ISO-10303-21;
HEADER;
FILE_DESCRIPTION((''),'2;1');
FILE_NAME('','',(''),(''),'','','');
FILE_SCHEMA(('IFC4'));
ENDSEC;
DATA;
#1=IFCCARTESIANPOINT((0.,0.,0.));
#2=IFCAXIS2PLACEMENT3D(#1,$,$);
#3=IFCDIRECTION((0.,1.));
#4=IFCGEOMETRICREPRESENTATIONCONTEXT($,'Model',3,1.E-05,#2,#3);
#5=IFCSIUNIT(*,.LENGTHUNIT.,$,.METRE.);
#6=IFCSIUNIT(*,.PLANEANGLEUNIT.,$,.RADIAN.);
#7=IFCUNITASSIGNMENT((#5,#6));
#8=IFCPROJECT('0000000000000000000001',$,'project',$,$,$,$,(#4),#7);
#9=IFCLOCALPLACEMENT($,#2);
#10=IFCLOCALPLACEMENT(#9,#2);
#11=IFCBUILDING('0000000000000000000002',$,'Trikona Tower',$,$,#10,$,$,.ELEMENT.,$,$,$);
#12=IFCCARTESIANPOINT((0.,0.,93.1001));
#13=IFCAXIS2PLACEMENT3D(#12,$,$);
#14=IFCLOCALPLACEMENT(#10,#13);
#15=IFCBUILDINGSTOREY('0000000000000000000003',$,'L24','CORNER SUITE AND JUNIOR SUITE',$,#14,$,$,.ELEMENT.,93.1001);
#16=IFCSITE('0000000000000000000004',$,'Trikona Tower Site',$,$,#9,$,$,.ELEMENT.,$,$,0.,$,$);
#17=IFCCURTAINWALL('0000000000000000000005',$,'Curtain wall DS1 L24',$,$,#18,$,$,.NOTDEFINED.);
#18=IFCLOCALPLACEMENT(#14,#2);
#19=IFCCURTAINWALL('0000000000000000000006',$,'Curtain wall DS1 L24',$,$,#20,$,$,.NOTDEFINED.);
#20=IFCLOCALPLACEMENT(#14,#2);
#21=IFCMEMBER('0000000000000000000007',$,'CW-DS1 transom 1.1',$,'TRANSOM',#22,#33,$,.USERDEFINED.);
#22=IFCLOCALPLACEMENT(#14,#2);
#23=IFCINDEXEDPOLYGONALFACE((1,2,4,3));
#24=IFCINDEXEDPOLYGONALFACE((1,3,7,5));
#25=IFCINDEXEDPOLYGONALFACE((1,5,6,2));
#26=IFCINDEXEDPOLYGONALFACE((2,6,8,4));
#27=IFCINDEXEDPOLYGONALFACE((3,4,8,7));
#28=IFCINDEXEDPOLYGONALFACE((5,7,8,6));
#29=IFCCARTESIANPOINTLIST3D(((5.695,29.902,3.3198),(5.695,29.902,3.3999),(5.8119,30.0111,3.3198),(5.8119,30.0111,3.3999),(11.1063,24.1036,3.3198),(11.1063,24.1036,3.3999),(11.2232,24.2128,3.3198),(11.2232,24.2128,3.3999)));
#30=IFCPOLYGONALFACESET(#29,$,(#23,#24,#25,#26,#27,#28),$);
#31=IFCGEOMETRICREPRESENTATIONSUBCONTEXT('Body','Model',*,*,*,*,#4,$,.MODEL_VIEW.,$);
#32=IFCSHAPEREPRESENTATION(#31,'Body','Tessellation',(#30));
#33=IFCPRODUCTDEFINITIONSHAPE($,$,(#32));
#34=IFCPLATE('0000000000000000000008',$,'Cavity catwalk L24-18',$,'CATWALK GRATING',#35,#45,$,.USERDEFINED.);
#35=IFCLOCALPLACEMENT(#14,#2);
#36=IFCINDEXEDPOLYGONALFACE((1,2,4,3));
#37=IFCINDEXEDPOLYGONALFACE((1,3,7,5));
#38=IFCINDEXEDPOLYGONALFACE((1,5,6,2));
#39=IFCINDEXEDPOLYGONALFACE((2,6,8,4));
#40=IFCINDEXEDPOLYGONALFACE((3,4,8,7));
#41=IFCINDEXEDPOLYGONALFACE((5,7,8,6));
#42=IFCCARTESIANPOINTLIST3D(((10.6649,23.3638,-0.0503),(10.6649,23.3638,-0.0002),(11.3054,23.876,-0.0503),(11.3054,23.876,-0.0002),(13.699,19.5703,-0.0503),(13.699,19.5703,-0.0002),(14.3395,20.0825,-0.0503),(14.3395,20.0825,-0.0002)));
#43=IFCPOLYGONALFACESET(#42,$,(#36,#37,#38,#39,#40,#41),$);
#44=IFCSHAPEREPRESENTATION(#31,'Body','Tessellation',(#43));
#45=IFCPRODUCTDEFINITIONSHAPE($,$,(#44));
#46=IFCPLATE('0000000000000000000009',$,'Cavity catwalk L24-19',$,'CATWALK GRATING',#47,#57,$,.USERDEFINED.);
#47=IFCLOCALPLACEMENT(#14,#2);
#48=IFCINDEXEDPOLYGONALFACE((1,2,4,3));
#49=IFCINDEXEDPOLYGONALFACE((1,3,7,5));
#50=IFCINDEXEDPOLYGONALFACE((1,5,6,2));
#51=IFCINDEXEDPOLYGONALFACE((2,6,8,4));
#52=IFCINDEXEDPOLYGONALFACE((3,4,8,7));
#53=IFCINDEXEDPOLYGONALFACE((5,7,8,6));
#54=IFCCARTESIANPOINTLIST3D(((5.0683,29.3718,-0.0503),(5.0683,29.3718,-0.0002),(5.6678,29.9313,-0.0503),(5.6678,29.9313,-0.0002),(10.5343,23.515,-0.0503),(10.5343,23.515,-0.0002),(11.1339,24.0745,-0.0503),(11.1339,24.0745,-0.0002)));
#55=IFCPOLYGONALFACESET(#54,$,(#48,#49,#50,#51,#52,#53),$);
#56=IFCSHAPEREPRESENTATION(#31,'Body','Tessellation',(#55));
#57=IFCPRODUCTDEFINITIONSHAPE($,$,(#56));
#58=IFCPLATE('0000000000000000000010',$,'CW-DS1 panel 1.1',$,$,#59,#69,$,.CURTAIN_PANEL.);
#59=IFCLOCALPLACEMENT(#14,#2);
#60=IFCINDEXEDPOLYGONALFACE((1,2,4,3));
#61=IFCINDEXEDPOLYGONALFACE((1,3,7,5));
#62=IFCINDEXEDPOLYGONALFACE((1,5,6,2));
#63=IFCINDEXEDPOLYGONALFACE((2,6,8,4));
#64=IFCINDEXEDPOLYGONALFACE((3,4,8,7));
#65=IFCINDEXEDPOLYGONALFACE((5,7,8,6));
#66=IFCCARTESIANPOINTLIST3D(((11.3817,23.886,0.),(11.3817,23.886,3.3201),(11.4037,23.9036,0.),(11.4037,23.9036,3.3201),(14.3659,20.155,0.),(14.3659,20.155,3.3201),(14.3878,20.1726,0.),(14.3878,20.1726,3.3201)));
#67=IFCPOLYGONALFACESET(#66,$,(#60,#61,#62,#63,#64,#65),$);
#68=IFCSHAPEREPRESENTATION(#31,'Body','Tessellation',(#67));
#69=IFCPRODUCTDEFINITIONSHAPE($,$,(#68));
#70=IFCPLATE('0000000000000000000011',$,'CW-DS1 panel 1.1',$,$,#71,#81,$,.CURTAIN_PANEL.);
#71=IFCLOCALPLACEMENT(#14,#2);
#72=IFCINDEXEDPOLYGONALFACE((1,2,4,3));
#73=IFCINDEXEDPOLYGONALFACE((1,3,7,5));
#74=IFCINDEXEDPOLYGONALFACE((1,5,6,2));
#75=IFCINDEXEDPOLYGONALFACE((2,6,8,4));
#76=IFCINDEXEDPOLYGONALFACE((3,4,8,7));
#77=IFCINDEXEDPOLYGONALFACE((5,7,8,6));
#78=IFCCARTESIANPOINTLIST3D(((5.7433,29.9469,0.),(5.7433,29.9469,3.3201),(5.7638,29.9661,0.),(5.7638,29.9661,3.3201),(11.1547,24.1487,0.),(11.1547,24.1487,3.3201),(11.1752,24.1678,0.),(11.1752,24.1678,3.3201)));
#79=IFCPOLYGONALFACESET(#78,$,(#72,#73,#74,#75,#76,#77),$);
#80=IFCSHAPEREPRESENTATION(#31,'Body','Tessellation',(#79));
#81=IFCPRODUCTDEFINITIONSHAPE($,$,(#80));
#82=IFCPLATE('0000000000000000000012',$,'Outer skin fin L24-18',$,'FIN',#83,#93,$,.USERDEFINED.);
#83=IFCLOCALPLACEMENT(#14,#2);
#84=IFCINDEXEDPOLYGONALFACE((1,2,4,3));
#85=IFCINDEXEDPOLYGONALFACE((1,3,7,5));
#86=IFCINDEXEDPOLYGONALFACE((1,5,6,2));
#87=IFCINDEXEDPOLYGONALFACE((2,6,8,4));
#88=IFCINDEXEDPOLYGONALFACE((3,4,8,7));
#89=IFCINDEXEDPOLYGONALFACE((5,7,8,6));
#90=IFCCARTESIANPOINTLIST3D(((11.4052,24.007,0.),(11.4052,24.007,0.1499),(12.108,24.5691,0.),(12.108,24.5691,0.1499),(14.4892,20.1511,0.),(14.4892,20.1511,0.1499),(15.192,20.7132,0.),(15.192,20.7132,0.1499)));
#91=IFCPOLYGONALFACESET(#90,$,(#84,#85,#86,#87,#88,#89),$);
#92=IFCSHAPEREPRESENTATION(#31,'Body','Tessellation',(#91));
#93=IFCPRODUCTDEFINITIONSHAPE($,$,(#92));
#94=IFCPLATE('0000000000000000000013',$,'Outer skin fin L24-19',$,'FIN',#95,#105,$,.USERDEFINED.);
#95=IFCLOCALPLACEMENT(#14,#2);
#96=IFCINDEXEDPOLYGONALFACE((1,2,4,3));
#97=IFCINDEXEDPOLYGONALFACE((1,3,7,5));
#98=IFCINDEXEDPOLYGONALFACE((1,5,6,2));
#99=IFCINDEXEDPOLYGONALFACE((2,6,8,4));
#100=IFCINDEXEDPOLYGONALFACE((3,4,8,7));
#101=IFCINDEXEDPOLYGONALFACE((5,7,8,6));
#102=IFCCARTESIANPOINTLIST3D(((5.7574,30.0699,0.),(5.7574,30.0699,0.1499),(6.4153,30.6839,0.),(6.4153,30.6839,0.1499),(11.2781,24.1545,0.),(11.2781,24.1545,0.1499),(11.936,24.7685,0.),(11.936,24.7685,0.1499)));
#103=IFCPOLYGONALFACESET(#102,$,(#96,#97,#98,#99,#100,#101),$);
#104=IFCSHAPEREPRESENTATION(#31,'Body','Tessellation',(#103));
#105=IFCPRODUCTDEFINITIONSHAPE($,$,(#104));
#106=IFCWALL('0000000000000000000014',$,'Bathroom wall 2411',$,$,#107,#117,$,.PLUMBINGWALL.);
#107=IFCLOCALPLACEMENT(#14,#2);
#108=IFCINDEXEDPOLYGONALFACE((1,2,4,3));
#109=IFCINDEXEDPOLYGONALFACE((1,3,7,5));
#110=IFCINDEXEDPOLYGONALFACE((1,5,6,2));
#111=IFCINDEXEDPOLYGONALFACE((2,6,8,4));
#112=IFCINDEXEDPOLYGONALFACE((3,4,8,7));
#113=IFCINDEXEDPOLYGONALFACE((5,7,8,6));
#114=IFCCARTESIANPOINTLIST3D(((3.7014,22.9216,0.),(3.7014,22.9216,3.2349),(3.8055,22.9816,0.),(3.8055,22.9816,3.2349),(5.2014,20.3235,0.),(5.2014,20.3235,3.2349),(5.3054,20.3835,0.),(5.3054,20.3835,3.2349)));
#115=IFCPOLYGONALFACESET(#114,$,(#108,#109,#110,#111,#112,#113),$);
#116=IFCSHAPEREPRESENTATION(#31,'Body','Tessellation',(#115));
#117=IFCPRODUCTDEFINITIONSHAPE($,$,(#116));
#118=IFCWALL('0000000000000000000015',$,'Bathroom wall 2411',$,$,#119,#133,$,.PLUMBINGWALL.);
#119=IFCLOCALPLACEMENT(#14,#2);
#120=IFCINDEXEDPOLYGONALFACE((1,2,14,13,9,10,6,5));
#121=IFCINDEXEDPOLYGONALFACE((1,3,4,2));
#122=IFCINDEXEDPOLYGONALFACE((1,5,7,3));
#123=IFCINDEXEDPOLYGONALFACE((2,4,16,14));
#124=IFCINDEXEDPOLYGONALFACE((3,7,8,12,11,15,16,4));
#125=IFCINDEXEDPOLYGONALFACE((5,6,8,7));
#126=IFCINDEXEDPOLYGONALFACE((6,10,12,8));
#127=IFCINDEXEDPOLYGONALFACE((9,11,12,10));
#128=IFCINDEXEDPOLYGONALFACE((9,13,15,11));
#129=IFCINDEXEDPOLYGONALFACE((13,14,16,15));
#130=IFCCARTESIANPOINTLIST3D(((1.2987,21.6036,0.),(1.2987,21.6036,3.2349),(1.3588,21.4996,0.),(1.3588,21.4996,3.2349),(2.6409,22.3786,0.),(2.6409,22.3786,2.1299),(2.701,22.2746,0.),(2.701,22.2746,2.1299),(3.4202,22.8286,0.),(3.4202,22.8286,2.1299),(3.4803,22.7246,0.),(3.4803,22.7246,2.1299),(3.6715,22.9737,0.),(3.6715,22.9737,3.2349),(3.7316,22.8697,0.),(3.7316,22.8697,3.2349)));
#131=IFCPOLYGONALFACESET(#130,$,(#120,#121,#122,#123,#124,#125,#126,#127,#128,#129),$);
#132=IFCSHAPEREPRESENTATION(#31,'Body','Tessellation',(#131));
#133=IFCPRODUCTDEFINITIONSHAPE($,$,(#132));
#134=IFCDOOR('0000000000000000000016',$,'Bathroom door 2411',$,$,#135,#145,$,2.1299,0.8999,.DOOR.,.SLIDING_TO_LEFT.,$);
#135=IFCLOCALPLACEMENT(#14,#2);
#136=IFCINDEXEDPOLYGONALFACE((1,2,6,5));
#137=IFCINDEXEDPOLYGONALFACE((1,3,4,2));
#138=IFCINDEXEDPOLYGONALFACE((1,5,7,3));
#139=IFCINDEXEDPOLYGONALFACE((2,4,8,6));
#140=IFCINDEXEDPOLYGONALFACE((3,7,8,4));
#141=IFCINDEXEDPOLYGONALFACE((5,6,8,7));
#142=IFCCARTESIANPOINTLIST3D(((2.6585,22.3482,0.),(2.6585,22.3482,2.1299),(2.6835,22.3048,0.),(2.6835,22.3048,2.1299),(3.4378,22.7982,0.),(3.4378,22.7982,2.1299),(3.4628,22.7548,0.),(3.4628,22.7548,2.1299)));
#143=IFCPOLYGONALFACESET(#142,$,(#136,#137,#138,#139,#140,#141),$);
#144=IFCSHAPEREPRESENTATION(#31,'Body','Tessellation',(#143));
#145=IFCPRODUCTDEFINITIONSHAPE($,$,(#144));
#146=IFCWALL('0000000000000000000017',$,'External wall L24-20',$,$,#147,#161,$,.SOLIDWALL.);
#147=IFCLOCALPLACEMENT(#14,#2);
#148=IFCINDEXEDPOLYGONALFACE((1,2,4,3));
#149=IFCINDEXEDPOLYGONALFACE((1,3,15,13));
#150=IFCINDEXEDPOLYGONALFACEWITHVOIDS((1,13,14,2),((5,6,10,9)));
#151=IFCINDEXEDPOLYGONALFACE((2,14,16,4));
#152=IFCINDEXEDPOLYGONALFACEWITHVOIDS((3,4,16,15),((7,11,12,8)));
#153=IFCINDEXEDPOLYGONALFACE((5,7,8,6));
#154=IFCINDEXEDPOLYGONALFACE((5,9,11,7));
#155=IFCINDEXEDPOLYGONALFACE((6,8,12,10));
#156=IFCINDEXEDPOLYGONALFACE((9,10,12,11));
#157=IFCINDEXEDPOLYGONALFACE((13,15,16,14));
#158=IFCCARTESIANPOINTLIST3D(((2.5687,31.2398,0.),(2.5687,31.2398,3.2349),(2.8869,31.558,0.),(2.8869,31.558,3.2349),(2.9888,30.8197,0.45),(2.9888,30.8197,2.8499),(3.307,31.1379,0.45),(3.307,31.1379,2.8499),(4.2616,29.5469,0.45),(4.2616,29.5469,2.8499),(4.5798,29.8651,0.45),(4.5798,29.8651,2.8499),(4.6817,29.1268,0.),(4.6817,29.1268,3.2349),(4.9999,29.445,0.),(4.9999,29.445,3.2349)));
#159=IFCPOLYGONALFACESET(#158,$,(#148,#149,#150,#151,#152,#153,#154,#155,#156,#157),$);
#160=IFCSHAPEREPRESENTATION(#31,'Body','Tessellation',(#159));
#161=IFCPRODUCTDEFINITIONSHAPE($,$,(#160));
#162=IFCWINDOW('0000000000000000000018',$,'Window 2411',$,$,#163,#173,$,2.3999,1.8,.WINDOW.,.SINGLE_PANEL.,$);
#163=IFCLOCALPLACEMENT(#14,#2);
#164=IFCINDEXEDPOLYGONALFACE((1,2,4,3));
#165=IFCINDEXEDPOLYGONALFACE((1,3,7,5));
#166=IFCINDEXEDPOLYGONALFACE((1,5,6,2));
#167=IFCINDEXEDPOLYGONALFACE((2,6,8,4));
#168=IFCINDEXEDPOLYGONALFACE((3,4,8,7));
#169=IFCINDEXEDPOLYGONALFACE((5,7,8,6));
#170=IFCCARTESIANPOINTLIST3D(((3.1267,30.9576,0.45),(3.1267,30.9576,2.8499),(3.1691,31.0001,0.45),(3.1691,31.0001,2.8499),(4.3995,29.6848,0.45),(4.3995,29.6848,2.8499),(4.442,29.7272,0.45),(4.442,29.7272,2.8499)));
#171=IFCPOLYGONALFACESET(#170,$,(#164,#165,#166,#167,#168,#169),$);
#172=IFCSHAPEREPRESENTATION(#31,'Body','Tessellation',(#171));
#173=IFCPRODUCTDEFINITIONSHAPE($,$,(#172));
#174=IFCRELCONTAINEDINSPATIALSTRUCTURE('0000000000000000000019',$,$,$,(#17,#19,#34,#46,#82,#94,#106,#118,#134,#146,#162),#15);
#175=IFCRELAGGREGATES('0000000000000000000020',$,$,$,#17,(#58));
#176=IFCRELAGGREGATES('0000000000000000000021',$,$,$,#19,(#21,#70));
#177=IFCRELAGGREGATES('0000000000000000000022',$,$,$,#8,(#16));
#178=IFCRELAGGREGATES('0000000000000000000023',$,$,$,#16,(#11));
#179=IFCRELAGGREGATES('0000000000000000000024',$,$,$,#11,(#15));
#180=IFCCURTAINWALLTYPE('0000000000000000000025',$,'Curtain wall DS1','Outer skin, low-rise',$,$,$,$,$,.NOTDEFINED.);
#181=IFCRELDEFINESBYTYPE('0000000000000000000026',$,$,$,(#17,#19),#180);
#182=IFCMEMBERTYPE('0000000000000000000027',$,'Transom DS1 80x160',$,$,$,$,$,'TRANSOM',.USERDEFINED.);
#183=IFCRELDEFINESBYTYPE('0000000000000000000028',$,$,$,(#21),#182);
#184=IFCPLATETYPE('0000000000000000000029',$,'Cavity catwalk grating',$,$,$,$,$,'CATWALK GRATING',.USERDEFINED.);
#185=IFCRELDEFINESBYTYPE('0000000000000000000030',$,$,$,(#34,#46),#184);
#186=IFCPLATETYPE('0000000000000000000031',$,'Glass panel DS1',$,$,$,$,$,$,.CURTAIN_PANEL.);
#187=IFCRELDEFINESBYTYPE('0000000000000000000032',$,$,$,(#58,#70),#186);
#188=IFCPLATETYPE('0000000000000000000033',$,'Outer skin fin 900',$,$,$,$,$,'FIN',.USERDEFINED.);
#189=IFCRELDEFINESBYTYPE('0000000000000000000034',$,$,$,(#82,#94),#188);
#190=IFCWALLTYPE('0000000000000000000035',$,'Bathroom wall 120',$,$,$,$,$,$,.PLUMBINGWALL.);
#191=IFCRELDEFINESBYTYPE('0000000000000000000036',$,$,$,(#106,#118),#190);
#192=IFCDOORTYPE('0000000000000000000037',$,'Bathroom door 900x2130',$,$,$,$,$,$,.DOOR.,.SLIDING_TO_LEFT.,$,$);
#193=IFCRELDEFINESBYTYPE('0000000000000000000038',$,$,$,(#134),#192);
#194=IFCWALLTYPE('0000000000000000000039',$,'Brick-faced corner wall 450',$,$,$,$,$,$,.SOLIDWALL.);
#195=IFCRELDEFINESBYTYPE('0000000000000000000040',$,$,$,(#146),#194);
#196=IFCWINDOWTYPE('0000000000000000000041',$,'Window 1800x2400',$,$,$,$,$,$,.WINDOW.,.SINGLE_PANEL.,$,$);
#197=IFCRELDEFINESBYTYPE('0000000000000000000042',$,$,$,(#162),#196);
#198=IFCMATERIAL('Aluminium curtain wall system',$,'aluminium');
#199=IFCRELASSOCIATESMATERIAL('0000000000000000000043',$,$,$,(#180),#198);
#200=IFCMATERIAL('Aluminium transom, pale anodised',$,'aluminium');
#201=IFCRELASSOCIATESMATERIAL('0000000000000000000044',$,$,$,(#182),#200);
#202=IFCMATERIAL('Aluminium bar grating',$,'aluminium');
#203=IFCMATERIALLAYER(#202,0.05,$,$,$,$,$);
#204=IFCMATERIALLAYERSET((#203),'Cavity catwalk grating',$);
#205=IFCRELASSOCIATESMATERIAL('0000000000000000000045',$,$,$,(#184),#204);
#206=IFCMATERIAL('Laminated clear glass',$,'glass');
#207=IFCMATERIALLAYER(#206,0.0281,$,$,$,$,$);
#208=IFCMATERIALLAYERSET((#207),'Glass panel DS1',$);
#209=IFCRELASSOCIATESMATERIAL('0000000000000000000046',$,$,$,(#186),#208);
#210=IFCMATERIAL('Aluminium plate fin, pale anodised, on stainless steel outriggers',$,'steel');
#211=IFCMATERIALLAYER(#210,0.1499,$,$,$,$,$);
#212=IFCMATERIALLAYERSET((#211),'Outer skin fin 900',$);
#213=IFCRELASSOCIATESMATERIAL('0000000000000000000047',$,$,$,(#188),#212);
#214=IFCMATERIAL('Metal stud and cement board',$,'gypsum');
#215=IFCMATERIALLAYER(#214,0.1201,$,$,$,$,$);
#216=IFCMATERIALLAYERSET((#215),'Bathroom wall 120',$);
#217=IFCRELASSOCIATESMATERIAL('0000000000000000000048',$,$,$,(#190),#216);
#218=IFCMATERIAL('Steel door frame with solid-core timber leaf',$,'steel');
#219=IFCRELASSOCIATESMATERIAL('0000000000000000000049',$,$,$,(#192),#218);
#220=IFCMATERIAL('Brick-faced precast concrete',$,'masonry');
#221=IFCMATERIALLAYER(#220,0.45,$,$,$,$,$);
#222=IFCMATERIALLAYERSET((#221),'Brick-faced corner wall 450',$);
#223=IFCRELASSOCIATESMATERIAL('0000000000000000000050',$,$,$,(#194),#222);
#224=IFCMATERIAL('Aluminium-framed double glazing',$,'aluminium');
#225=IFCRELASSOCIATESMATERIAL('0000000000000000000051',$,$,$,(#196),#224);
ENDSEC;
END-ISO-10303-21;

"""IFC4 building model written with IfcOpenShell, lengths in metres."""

from ifc_helpers import new_model, si_unit, direction, frame, frame_2d, origin, origin_2d, place, context, subcontext, project, spatial, rectangle, extrude, material, layer, layer_set, material_profile, profile_set, type_object, element, fill, aggregate, save


model = new_model("IFC4")

# Units and contexts
model_context = context("Model", 3, precision=1e-05, world=origin(), true_north=direction((0.0, 1.0)))
body_context = subcontext(model_context, "Body", "Model", "MODEL_VIEW")
ifc_project = project(units=[si_unit("LENGTHUNIT", "METRE"), si_unit("PLANEANGLEUNIT", "RADIAN")], contexts=[model_context])

# Site, building, storey
site_placement = place(None, origin())
site = spatial("IfcSite", under=ifc_project, at=site_placement, Name="Trikona Tower Site", CompositionType="ELEMENT", RefElevation=0.0)
building_placement = place(site_placement, origin())
building = spatial("IfcBuilding", under=site, at=building_placement, Name="Trikona Tower", CompositionType="ELEMENT")
storey_placement = place(building_placement, frame((0.0, 0.0, 93.1001)))
storey = spatial("IfcBuildingStorey", under=building, at=storey_placement, Name="L24", Description="CORNER SUITE AND JUNIOR SUITE", CompositionType="ELEMENT", Elevation=93.1001)

# Curtain walls
ifc_material_1 = material(Name="Aluminium curtain wall system", Category="aluminium")
curtain_wall_type = type_object("IfcCurtainWallType", Name="Curtain wall DS1", Description="Outer skin, low-rise", PredefinedType="NOTDEFINED", material=ifc_material_1)
curtain_wall_1_placement = place(storey_placement, origin())
curtain_wall_1 = element("IfcCurtainWall", 1, at=curtain_wall_1_placement, inside=storey, type_object=curtain_wall_type, Name="Curtain wall DS1 L24", PredefinedType="NOTDEFINED")
curtain_wall_2_placement = place(storey_placement, origin())
curtain_wall_2 = element("IfcCurtainWall", 2, at=curtain_wall_2_placement, inside=storey, type_object=curtain_wall_type, Name="Curtain wall DS1 L24", PredefinedType="NOTDEFINED")

# Member
ifc_material_2 = material(Name="Aluminium transom, pale anodised", Category="aluminium")
ifc_material_profile_1 = material_profile(ifc_material_2, rectangle(XDim=0.1599, YDim=0.0801, at=origin_2d()), Name="TRN-DS1")
ifc_profile_set_1 = profile_set([ifc_material_profile_1], Name="Aluminium transom, pale anodised")
member_type_1 = type_object("IfcMemberType", Name="Transom DS1 80x160", ElementType="TRANSOM", PredefinedType="USERDEFINED", material=ifc_profile_set_1)
member_1_placement = place(storey_placement, frame((11.1648, 24.1582, 3.3599), z_axis=(-0.682291, 0.731081, 0.0), x_axis=(-0.731081, -0.682291, 0.0)))
member_1 = element("IfcMember", 3, at=member_1_placement, type_object=member_type_1, Name="CW-DS1 transom 1.1", ObjectType="TRANSOM", PredefinedType="USERDEFINED", context=body_context, shape_type="SweptSolid", body=[
    extrude(rectangle(XDim=0.1599, YDim=0.0801, at=origin_2d()), origin(), (0.0, 0.0, 1.0), 7.9312),
])

# Plates
ifc_material_3 = material(Name="Aluminium bar grating", Category="aluminium")
ifc_layer_1 = layer(ifc_material_3, 0.05)
ifc_layer_set_1 = layer_set([ifc_layer_1], Name="Cavity catwalk grating")
plate_type_1 = type_object("IfcPlateType", Name="Cavity catwalk grating", ElementType="CATWALK GRATING", PredefinedType="USERDEFINED", material=ifc_layer_set_1)
plate_1_placement = place(storey_placement, frame((12.5022, 21.7231, -0.0503), z_axis=(0.0, 0.0, 1.0), x_axis=(-0.624604, 0.780942, 0.0)))
element("IfcPlate", 4, at=plate_1_placement, inside=storey, type_object=plate_type_1, Name="Cavity catwalk L24-18", ObjectType="CATWALK GRATING", PredefinedType="USERDEFINED", context=body_context, shape_type="SweptSolid", body=[
    extrude(rectangle(XDim=4.8577, YDim=0.8201, at=origin_2d()), origin(), (0.0, 0.0, 1.0), 0.05),
])
plate_2_placement = place(storey_placement, frame((8.1011, 26.7231, -0.0503), z_axis=(0.0, 0.0, 1.0), x_axis=(-0.682298, 0.731074, 0.0)))
element("IfcPlate", 5, at=plate_2_placement, inside=storey, type_object=plate_type_1, Name="Cavity catwalk L24-19", ObjectType="CATWALK GRATING", PredefinedType="USERDEFINED", context=body_context, shape_type="SweptSolid", body=[
    extrude(rectangle(XDim=8.0112, YDim=0.8201, at=origin_2d()), origin(), (0.0, 0.0, 1.0), 0.05),
])

# Plates
ifc_material_4 = material(Name="Laminated clear glass", Category="glass")
ifc_layer_2 = layer(ifc_material_4, 0.0281)
ifc_layer_set_2 = layer_set([ifc_layer_2], Name="Glass panel DS1")
plate_type_2 = type_object("IfcPlateType", Name="Glass panel DS1", PredefinedType="CURTAIN_PANEL", material=ifc_layer_set_2)
plate_3_placement = place(storey_placement, frame((12.8848, 22.0293, 0.0), z_axis=(0.0, 0.0, 1.0), x_axis=(-0.624609, 0.780938, 0.0)))
plate_3 = element("IfcPlate", 6, at=plate_3_placement, type_object=plate_type_2, Name="CW-DS1 panel 1.1", PredefinedType="CURTAIN_PANEL", context=body_context, shape_type="SweptSolid", body=[
    extrude(rectangle(XDim=4.7776, YDim=0.0281, at=origin_2d()), origin(), (0.0, 0.0, 1.0), 3.3201),
])
aggregate(curtain_wall_1, [plate_3])
plate_4_placement = place(storey_placement, frame((8.4592, 27.0574, 0.0), z_axis=(0.0, 0.0, 1.0), x_axis=(-0.682295, 0.731077, 0.0)))
plate_4 = element("IfcPlate", 7, at=plate_4_placement, type_object=plate_type_2, Name="CW-DS1 panel 1.1", PredefinedType="CURTAIN_PANEL", context=body_context, shape_type="SweptSolid", body=[
    extrude(rectangle(XDim=7.9312, YDim=0.0281, at=origin_2d()), origin(), (0.0, 0.0, 1.0), 3.3201),
])
aggregate(curtain_wall_2, [member_1, plate_4])

# Plates
ifc_material_5 = material(Name="Aluminium plate fin, pale anodised, on stainless steel outriggers", Category="steel")
ifc_layer_3 = layer(ifc_material_5, 0.1499)
ifc_layer_set_3 = layer_set([ifc_layer_3], Name="Outer skin fin 900")
plate_type_3 = type_object("IfcPlateType", Name="Outer skin fin 900", ElementType="FIN", PredefinedType="USERDEFINED", material=ifc_layer_set_3)
plate_5_placement = place(storey_placement, frame((13.2986, 22.3601, 0.0), z_axis=(0.0, 0.0, 1.0), x_axis=(-0.624604, 0.780942, 0.0)))
element("IfcPlate", 8, at=plate_5_placement, inside=storey, type_object=plate_type_3, Name="Outer skin fin L24-18", ObjectType="FIN", PredefinedType="USERDEFINED", context=body_context, shape_type="SweptSolid", body=[
    extrude(rectangle(XDim=4.9375, YDim=0.8999, at=origin_2d()), origin(), (0.0, 0.0, 1.0), 0.1499),
])
plate_6_placement = place(storey_placement, frame((8.8467, 27.4192, 0.0), z_axis=(0.0, 0.0, 1.0), x_axis=(-0.682298, 0.731074, 0.0)))
element("IfcPlate", 9, at=plate_6_placement, inside=storey, type_object=plate_type_3, Name="Outer skin fin L24-19", ObjectType="FIN", PredefinedType="USERDEFINED", context=body_context, shape_type="SweptSolid", body=[
    extrude(rectangle(XDim=8.0913, YDim=0.8999, at=origin_2d()), origin(), (0.0, 0.0, 1.0), 0.1499),
])

# Wall
ifc_material_6 = material(Name="Metal stud and cement board", Category="gypsum")
ifc_layer_4 = layer(ifc_material_6, 0.1201)
ifc_layer_set_4 = layer_set([ifc_layer_4], Name="Bathroom wall 120")
wall_type_1 = type_object("IfcWallType", Name="Bathroom wall 120", PredefinedType="PLUMBINGWALL", material=ifc_layer_set_4)
wall_1_placement = place(storey_placement, frame((5.2534, 20.3535, 0.0), z_axis=(0.0, 0.0, 1.0), x_axis=(-0.49999, 0.866031, 0.0)))
element("IfcWall", 10, at=wall_1_placement, inside=storey, type_object=wall_type_1, Name="Bathroom wall 2411", PredefinedType="PLUMBINGWALL", context=body_context, shape_type="SweptSolid", body=[
    extrude(rectangle(XDim=3.0, YDim=0.1201, at=frame_2d((1.5, 0.0))), origin(), (0.0, 0.0, 1.0), 3.2349),
])

# Wall, opening, door
wall_2_placement = place(storey_placement, frame((1.3286, 21.5515, 0.0), z_axis=(0.0, 0.0, 1.0), x_axis=(0.865997, 0.500049, 0.0)))
wall_2 = element("IfcWall", 11, at=wall_2_placement, inside=storey, type_object=wall_type_1, Name="Bathroom wall 2411", PredefinedType="PLUMBINGWALL", context=body_context, shape_type="SweptSolid", body=[
    extrude(rectangle(XDim=2.74, YDim=0.1201, at=frame_2d((1.3701, 0.0))), origin(), (0.0, 0.0, 1.0), 3.2349),
])
opening_1_placement = place(wall_2_placement, frame((1.55, 0.0, 0.0)))
opening_1 = element("IfcOpeningElement", 12, at=opening_1_placement, cuts=wall_2, PredefinedType="OPENING", context=body_context, shape_type="SweptSolid", body=[
    extrude(rectangle(XDim=0.8999, YDim=2.1299, at=frame_2d((0.45, 1.0649))), frame((0.0, 0.0701, 0.0), z_axis=(0.0, -1.0, 0.0), x_axis=(1.0, 0.0, 0.0)), (0.0, 0.0, 1.0), 0.1401),
])
ifc_material_7 = material(Name="Steel door frame with solid-core timber leaf", Category="steel")
door_type = type_object("IfcDoorType", Name="Bathroom door 900x2130", OperationType="SLIDING_TO_LEFT", PredefinedType="DOOR", material=ifc_material_7)
door_placement = place(opening_1_placement, origin())
door = element("IfcDoor", 13, at=door_placement, inside=storey, type_object=door_type, Name="Bathroom door 2411", OperationType="SLIDING_TO_LEFT", OverallHeight=2.1299, OverallWidth=0.8999, PredefinedType="DOOR", context=body_context, shape_type="SweptSolid", body=[
    extrude(rectangle(XDim=0.8999, YDim=2.1299, at=frame_2d((0.45, 1.0649))), frame((0.0, 0.0249, 0.0), z_axis=(0.0, -1.0, 0.0), x_axis=(1.0, 0.0, 0.0)), (0.0, 0.0, 1.0), 0.05),
])
fill(opening_1, door)

# Wall, opening, window
ifc_material_8 = material(Name="Brick-faced precast concrete", Category="masonry")
ifc_layer_5 = layer(ifc_material_8, 0.45)
ifc_layer_set_5 = layer_set([ifc_layer_5], Name="Brick-faced corner wall 450")
wall_type_2 = type_object("IfcWallType", Name="Brick-faced corner wall 450", PredefinedType="SOLIDWALL", material=ifc_layer_set_5)
wall_3_placement = place(storey_placement, frame((4.8408, 29.2859, 0.0), z_axis=(0.0, 0.0, 1.0), x_axis=(-0.707107, 0.707107, 0.0)))
wall_3 = element("IfcWall", 14, at=wall_3_placement, inside=storey, type_object=wall_type_2, Name="External wall L24-20", PredefinedType="SOLIDWALL", context=body_context, shape_type="SweptSolid", body=[
    extrude(rectangle(XDim=2.9883, YDim=0.45, at=frame_2d((1.4941, 0.0))), origin(), (0.0, 0.0, 1.0), 3.2349),
])
opening_2_placement = place(wall_3_placement, frame((0.5942, 0.0, 0.45)))
opening_2 = element("IfcOpeningElement", 15, at=opening_2_placement, cuts=wall_3, PredefinedType="OPENING", context=body_context, shape_type="SweptSolid", body=[
    extrude(rectangle(XDim=1.8, YDim=2.3999, at=frame_2d((0.8999, 1.2))), frame((0.0, 0.2349, 0.0), z_axis=(0.0, -1.0, 0.0), x_axis=(1.0, 0.0, 0.0)), (0.0, 0.0, 1.0), 0.47),
])
ifc_material_9 = material(Name="Aluminium-framed double glazing", Category="aluminium")
window_type_1 = type_object("IfcWindowType", Name="Window 1800x2400", PartitioningType="SINGLE_PANEL", PredefinedType="WINDOW", material=ifc_material_9)
window_1_placement = place(opening_2_placement, origin())
window_1 = element("IfcWindow", 16, at=window_1_placement, inside=storey, type_object=window_type_1, Name="Window 2411", OverallHeight=2.3999, OverallWidth=1.8, PartitioningType="SINGLE_PANEL", PredefinedType="WINDOW", context=body_context, shape_type="SweptSolid", body=[
    extrude(rectangle(XDim=1.8, YDim=2.3999, at=frame_2d((0.8999, 1.2))), frame((0.0, 0.03, 0.0), z_axis=(0.0, -1.0, 0.0), x_axis=(1.0, 0.0, 0.0)), (0.0, 0.0, 1.0), 0.0601),
])
fill(opening_2, window_1)

save(model, "model.ifc")
